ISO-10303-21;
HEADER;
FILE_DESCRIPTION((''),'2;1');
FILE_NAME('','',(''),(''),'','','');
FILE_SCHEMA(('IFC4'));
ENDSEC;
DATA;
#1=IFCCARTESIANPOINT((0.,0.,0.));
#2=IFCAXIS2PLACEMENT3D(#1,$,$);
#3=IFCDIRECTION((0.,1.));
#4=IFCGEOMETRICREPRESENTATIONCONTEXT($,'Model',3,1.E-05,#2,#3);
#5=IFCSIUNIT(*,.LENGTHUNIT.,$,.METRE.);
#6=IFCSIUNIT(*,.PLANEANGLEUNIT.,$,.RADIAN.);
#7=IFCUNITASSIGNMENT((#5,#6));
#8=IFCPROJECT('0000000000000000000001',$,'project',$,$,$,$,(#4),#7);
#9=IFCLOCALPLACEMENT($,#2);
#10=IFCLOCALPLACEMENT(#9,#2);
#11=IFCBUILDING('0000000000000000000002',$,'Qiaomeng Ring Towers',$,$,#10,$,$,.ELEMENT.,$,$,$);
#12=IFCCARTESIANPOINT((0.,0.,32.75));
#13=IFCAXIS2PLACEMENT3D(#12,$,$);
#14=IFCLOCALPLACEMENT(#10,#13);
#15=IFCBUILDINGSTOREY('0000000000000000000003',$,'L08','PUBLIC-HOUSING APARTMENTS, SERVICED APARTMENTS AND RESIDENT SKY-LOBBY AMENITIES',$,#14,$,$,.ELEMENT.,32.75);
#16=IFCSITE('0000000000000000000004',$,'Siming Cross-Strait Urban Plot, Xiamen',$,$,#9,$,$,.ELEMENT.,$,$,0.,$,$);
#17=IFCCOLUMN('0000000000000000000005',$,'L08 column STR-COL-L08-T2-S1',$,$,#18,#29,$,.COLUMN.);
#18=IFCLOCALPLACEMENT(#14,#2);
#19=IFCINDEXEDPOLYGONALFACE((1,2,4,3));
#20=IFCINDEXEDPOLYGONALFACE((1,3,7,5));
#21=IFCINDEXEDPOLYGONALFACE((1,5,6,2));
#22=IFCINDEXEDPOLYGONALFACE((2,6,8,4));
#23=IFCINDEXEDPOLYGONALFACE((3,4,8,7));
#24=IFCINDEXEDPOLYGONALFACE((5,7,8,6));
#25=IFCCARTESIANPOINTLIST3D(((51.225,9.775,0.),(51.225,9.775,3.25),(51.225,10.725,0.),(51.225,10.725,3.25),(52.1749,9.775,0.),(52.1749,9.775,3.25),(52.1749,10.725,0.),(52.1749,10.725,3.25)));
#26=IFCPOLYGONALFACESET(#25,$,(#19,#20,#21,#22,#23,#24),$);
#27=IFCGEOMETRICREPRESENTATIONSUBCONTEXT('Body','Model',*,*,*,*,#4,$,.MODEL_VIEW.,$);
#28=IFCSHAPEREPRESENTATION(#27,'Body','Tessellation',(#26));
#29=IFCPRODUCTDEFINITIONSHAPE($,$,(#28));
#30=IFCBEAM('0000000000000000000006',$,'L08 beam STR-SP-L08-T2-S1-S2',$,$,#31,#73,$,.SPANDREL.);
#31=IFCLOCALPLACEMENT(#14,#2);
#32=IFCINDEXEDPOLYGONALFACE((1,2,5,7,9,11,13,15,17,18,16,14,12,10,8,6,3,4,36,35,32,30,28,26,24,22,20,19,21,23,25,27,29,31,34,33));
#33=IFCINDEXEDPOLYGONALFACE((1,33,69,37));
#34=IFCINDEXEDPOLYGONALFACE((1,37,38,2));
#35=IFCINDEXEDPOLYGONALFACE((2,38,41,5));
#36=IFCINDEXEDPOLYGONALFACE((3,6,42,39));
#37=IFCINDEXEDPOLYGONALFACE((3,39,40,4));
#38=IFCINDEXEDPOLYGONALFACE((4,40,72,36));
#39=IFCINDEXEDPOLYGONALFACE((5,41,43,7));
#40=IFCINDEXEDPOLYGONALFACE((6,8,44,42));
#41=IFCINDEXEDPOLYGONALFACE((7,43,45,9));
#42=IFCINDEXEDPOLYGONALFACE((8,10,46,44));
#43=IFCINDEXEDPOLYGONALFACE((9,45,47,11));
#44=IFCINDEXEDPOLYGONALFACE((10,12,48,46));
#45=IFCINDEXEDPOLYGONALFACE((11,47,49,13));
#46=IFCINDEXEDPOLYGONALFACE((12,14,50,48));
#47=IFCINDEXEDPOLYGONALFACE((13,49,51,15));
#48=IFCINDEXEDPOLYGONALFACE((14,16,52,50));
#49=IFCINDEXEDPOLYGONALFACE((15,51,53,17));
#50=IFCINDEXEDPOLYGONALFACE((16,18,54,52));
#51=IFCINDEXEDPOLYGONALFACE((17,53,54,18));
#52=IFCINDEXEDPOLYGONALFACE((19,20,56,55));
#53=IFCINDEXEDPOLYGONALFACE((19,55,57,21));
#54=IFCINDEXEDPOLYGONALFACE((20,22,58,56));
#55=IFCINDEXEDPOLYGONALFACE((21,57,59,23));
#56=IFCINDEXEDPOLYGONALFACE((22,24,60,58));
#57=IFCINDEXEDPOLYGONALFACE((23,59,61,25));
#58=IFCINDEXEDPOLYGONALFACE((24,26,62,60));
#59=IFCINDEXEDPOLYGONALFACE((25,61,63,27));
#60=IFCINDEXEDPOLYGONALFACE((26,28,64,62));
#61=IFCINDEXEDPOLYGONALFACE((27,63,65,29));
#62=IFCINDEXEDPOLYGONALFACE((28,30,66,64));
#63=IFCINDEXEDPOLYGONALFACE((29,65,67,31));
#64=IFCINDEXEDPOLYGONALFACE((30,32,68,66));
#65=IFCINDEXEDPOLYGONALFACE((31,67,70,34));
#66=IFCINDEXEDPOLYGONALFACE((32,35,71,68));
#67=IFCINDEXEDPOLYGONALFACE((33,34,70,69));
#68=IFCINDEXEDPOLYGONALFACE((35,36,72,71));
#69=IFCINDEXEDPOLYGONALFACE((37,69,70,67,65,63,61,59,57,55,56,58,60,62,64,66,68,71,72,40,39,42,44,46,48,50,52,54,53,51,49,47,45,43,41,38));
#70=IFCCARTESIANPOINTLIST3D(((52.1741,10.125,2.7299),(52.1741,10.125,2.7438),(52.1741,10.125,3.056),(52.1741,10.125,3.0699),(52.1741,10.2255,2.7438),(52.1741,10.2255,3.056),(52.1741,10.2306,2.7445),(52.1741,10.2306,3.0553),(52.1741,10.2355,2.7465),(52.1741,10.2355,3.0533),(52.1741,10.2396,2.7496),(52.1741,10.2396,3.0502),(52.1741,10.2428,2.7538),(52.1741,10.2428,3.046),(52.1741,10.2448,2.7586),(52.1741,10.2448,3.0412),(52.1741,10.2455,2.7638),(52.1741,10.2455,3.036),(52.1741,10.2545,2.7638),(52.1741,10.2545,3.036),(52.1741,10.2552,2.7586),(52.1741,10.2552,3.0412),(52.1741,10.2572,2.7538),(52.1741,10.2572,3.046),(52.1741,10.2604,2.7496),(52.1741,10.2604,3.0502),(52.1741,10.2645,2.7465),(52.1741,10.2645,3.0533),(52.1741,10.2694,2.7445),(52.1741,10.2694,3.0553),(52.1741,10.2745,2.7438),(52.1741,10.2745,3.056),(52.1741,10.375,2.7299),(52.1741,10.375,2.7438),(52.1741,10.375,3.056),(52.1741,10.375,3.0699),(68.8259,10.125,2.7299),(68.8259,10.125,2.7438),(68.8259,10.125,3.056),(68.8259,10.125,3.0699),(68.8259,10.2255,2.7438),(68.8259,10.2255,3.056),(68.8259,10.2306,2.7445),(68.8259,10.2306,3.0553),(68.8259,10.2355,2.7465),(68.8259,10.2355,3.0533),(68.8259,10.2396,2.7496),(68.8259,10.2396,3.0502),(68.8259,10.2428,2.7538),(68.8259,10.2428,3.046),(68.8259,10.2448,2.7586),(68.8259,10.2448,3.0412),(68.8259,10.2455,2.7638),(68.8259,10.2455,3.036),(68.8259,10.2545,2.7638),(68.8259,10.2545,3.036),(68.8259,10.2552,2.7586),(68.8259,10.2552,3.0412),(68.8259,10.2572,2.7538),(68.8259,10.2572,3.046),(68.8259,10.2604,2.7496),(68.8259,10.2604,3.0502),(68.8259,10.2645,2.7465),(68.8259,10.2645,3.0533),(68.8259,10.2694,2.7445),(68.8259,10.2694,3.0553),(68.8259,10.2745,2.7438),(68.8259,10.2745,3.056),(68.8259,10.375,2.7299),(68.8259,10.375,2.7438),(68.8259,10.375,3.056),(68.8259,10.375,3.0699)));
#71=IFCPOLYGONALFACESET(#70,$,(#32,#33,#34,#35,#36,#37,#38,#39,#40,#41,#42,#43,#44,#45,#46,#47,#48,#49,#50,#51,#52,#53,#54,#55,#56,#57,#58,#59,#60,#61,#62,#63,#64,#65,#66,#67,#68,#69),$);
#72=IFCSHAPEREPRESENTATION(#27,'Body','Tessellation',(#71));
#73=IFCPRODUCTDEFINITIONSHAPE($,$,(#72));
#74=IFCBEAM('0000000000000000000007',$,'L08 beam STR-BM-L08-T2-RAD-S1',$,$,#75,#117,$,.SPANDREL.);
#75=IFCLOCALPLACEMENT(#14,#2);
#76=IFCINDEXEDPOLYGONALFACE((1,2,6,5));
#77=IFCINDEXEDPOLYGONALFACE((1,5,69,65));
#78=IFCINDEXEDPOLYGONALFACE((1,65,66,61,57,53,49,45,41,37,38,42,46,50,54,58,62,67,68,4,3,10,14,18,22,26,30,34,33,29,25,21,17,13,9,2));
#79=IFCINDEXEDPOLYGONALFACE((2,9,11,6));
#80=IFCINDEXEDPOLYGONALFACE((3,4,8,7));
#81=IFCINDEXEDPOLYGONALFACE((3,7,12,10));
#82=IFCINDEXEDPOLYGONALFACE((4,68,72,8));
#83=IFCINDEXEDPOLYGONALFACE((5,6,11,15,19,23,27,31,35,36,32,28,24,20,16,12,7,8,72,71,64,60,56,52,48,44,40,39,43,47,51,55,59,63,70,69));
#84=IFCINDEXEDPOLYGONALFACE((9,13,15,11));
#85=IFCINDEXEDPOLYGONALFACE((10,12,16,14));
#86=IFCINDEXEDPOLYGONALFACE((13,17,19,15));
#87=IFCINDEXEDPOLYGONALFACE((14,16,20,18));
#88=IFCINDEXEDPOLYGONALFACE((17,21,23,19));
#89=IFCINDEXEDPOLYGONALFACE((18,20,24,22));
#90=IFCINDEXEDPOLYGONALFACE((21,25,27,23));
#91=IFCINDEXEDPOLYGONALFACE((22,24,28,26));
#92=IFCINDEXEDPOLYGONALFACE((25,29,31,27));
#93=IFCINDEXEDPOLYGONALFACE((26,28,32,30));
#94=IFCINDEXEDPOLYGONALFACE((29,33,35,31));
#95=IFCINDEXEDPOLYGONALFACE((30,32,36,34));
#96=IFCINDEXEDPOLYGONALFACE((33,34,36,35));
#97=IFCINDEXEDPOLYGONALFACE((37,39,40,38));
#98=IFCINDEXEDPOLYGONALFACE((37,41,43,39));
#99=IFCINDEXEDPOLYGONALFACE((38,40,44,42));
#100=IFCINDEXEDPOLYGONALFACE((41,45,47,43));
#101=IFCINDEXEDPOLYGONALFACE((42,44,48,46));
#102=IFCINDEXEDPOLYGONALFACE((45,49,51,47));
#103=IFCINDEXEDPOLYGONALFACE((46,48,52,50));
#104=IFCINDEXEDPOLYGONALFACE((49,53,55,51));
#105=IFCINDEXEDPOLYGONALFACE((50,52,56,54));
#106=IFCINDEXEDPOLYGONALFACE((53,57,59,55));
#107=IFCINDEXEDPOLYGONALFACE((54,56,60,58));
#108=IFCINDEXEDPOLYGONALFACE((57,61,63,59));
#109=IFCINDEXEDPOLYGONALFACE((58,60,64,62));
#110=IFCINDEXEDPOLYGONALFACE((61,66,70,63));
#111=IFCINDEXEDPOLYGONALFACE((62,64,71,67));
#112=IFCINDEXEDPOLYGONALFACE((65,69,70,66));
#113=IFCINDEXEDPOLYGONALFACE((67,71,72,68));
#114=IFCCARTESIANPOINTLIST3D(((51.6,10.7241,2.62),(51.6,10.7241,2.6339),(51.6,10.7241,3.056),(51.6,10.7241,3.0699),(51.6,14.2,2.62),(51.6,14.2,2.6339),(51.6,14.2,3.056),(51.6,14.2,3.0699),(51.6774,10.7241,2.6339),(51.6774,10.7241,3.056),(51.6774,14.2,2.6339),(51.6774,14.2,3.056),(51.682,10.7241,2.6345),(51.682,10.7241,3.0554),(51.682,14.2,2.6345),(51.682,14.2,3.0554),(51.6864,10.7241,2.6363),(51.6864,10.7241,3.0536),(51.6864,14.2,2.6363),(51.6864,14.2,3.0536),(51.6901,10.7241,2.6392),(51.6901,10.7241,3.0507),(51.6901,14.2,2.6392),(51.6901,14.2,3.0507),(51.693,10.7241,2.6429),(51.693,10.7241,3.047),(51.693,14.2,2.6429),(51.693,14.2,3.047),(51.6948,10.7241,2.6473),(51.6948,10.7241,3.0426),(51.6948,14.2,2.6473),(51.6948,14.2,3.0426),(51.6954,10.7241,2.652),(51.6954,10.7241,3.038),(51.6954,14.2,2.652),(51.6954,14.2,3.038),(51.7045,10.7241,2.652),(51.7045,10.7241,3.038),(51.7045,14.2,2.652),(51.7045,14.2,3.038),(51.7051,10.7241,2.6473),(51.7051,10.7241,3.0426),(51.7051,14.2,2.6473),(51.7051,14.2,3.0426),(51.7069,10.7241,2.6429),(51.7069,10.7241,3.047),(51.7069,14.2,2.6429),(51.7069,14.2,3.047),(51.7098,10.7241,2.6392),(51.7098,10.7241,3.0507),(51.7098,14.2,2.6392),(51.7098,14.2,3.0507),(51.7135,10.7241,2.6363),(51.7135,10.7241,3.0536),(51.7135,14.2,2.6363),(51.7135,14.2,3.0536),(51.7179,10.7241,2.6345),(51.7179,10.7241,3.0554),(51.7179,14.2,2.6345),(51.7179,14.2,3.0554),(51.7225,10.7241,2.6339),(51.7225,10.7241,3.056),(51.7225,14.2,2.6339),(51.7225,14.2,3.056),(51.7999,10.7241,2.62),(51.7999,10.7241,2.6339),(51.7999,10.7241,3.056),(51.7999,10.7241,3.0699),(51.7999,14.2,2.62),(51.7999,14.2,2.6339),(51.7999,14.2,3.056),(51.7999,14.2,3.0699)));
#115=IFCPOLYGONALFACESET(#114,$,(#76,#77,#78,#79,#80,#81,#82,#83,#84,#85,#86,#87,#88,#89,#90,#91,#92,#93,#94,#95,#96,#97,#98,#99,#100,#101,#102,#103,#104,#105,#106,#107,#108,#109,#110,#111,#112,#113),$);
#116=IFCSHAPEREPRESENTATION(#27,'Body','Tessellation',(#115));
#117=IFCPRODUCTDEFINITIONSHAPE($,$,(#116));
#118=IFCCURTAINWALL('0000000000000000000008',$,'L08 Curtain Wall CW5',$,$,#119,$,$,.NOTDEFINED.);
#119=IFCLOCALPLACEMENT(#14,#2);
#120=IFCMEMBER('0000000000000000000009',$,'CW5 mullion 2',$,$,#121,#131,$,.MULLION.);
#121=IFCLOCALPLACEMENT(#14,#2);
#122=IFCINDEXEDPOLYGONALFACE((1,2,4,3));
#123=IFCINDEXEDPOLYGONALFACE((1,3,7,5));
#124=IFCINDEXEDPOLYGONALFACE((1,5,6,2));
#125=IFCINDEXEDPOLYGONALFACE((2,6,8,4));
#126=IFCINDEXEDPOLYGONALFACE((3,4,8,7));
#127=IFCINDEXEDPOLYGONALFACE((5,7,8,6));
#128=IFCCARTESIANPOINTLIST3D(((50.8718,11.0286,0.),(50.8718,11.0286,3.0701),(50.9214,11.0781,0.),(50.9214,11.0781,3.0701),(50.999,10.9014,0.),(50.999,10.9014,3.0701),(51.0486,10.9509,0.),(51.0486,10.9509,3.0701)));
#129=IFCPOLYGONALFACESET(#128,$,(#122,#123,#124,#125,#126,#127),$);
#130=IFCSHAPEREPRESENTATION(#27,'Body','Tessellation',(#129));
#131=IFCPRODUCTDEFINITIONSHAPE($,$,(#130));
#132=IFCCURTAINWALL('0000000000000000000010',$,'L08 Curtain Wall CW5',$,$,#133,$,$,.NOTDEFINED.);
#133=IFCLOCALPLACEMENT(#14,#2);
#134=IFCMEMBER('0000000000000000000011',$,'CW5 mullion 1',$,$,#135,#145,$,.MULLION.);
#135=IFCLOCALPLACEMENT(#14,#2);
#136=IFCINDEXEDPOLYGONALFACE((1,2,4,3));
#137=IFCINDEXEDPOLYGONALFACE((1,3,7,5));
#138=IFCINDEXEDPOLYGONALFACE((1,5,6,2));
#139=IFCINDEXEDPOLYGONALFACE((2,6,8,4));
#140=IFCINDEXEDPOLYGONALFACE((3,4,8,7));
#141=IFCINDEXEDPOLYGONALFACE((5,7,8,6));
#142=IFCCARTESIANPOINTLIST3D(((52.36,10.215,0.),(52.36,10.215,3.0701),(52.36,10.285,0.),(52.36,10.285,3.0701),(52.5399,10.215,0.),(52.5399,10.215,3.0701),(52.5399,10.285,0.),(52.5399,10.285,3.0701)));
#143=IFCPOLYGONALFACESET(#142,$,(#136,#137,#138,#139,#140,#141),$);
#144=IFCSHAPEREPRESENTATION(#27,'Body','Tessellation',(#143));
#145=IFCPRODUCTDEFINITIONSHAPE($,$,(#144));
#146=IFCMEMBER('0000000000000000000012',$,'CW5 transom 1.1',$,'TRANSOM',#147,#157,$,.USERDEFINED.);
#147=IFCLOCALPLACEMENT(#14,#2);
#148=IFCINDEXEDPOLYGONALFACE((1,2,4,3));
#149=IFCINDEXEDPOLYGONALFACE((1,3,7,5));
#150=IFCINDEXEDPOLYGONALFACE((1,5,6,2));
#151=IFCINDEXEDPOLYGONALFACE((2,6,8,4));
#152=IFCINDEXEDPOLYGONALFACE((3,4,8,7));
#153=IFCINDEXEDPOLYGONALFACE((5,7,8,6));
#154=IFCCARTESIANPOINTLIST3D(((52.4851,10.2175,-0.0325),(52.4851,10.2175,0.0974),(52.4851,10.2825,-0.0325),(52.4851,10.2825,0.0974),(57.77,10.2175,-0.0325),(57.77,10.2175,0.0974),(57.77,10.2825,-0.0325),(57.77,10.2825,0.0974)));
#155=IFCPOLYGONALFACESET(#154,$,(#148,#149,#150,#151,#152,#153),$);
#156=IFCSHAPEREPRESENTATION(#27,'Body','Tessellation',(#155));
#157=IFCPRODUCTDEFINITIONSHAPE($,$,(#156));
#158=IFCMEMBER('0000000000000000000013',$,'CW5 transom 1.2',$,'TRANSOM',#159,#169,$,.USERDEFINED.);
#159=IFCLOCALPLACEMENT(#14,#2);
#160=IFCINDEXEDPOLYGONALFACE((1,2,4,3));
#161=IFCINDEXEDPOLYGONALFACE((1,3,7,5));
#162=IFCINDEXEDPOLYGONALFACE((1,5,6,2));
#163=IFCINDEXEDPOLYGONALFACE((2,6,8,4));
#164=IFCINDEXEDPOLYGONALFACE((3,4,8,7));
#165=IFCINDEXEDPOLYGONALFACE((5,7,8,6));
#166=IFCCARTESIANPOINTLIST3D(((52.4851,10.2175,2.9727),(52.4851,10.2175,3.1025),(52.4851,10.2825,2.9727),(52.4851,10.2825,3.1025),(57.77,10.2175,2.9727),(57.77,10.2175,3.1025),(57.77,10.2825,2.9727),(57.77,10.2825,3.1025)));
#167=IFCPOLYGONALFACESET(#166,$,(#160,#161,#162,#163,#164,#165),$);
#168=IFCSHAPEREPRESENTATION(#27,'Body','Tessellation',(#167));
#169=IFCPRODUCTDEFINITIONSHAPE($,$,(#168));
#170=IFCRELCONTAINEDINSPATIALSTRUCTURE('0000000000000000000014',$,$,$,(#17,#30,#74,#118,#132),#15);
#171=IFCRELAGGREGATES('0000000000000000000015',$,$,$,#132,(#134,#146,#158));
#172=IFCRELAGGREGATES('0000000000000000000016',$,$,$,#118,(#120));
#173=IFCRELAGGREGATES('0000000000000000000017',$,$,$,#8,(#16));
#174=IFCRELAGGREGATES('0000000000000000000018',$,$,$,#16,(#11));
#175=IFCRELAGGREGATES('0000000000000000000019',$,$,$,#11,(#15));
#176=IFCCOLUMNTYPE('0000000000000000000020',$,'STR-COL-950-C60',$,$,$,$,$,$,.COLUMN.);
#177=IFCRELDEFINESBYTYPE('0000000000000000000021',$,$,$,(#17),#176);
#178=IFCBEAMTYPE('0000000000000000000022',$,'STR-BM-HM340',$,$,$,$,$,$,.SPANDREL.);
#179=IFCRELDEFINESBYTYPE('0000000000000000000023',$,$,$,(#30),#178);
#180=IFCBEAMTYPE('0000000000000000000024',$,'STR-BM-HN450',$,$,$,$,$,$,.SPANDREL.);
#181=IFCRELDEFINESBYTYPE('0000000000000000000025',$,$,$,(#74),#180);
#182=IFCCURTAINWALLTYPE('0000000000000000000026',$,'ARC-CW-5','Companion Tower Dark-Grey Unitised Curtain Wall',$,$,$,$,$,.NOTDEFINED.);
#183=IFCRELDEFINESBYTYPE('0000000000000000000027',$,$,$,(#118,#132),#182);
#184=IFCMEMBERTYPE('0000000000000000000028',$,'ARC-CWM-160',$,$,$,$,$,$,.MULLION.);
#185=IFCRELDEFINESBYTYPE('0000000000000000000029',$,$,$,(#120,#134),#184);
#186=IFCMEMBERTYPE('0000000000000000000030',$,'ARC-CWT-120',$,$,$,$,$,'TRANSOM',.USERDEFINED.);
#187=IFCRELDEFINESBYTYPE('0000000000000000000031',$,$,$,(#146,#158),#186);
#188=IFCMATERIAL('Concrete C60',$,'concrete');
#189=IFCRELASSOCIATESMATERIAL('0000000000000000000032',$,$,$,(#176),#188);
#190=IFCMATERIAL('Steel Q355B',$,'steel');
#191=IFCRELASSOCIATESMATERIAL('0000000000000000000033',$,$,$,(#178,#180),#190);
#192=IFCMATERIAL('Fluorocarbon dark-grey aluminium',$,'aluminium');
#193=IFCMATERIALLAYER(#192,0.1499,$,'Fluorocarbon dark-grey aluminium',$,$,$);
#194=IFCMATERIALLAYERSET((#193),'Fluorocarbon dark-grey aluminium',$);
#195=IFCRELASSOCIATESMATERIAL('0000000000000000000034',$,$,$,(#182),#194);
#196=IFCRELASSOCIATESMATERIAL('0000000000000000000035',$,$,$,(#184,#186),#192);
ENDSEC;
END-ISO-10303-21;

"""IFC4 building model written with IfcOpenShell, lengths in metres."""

from ifc_helpers import new_model, si_unit, direction, frame, origin, origin_2d, place, context, subcontext, project, spatial, rectangle, i_section, extrude, source, transform, mapped, material, layer, layer_set, material_profile, profile_set, type_object, element, aggregate, save


model = new_model("IFC4")

# Units and contexts
model_context = context("Model", 3, precision=1e-05, world=origin(), true_north=direction((0.0, 1.0)))
body_context = subcontext(model_context, "Body", "Model", "MODEL_VIEW")
ifc_project = project(units=[si_unit("LENGTHUNIT", "METRE"), si_unit("PLANEANGLEUNIT", "RADIAN")], contexts=[model_context])

# Site, building, storey
site_placement = place(None, origin())
site = spatial("IfcSite", under=ifc_project, at=site_placement, Name="Siming Cross-Strait Urban Plot, Xiamen", CompositionType="ELEMENT", RefElevation=0.0)
building_placement = place(site_placement, origin())
building = spatial("IfcBuilding", under=site, at=building_placement, Name="Qiaomeng Ring Towers", CompositionType="ELEMENT")
storey_placement = place(building_placement, frame((0.0, 0.0, 32.75)))
storey = spatial("IfcBuildingStorey", under=building, at=storey_placement, Name="L08", Description="PUBLIC-HOUSING APARTMENTS, SERVICED APARTMENTS AND RESIDENT SKY-LOBBY AMENITIES", CompositionType="ELEMENT", Elevation=32.75)

# Column
ifc_material_1 = material(Name="Concrete C60", Category="concrete")
ifc_material_profile_1 = material_profile(ifc_material_1, rectangle(XDim=0.95, YDim=0.95, at=origin_2d()), Name="RC COL 950x950")
ifc_profile_set_1 = profile_set([ifc_material_profile_1], Name="Concrete C60")
column_type = type_object("IfcColumnType", Name="STR-COL-950-C60", PredefinedType="COLUMN", material=ifc_profile_set_1)
shared_shape_1 = source(origin(), body_context, "Body", "SweptSolid", [
    extrude(rectangle(XDim=0.95, YDim=0.95, at=origin_2d()), origin(), (0.0, 0.0, 1.0), 3.25),
])
column_placement = place(storey_placement, frame((51.7, 10.25, 0.0), z_axis=(0.0, 0.0, 1.0), x_axis=(1.0, 0.0, 0.0)))
element("IfcColumn", 1, at=column_placement, inside=storey, type_object=column_type, Name="L08 column STR-COL-L08-T2-S1", PredefinedType="COLUMN", context=body_context, shape_type="MappedRepresentation", body=[
    mapped(shared_shape_1, transform((0.0, 0.0, 0.0), x_axis=(1.0, 0.0, 0.0), y_axis=(0.0, 1.0, 0.0), z_axis=(0.0, 0.0, 1.0), scale=1.0)),
])

# Beams
ifc_material_2 = material(Name="Steel Q355B", Category="steel")
ifc_material_profile_2 = material_profile(ifc_material_2, i_section(OverallWidth=0.25, OverallDepth=0.3401, WebThickness=0.009, FlangeThickness=0.0139, FilletRadius=0.02, at=origin_2d()), Name="HM 340x250x9x14")
ifc_profile_set_2 = profile_set([ifc_material_profile_2], Name="Steel Q355B")
beam_type_1 = type_object("IfcBeamType", Name="STR-BM-HM340", PredefinedType="SPANDREL", material=ifc_profile_set_2)
shared_shape_2 = source(origin(), body_context, "Body", "SweptSolid", [
    extrude(i_section(OverallWidth=0.25, OverallDepth=0.3401, WebThickness=0.009, FlangeThickness=0.0139, FilletRadius=0.02, at=origin_2d()), origin(), (0.0, 0.0, 1.0), 16.6519),
])
beam_1_placement = place(storey_placement, frame((52.1741, 10.25, 2.8999), z_axis=(1.0, 0.0, 0.0), x_axis=(0.0, 1.0, 0.0)))
element("IfcBeam", 2, at=beam_1_placement, inside=storey, type_object=beam_type_1, Name="L08 beam STR-SP-L08-T2-S1-S2", PredefinedType="SPANDREL", context=body_context, shape_type="MappedRepresentation", body=[
    mapped(shared_shape_2, transform((0.0, 0.0, 0.0), x_axis=(1.0, 0.0, 0.0), y_axis=(0.0, 1.0, 0.0), z_axis=(0.0, 0.0, 1.0), scale=1.0)),
])
ifc_material_profile_3 = material_profile(ifc_material_2, i_section(OverallWidth=0.2, OverallDepth=0.45, WebThickness=0.009, FlangeThickness=0.0139, FilletRadius=0.0181, at=origin_2d()), Name="HN 450x200x9x14")
ifc_profile_set_3 = profile_set([ifc_material_profile_3], Name="Steel Q355B")
beam_type_2 = type_object("IfcBeamType", Name="STR-BM-HN450", PredefinedType="SPANDREL", material=ifc_profile_set_3)
shared_shape_3 = source(origin(), body_context, "Body", "SweptSolid", [
    extrude(i_section(OverallWidth=0.2, OverallDepth=0.45, WebThickness=0.009, FlangeThickness=0.0139, FilletRadius=0.0181, at=origin_2d()), origin(), (0.0, 0.0, 1.0), 3.4758),
])
beam_2_placement = place(storey_placement, frame((51.7, 10.7241, 2.845), z_axis=(0.0, 1.0, 0.0), x_axis=(-1.0, 0.0, 0.0)))
element("IfcBeam", 3, at=beam_2_placement, inside=storey, type_object=beam_type_2, Name="L08 beam STR-BM-L08-T2-RAD-S1", PredefinedType="SPANDREL", context=body_context, shape_type="MappedRepresentation", body=[
    mapped(shared_shape_3, transform((0.0, 0.0, 0.0), x_axis=(1.0, 0.0, 0.0), y_axis=(0.0, 1.0, 0.0), z_axis=(0.0, 0.0, 1.0), scale=1.0)),
])

# Curtain wall, member
ifc_material_3 = material(Name="Fluorocarbon dark-grey aluminium", Category="aluminium")
ifc_layer_1 = layer(ifc_material_3, 0.1499, Name="Fluorocarbon dark-grey aluminium")
ifc_layer_set_1 = layer_set([ifc_layer_1], Name="Fluorocarbon dark-grey aluminium")
curtain_wall_type = type_object("IfcCurtainWallType", Name="ARC-CW-5", Description="Companion Tower Dark-Grey Unitised Curtain Wall", PredefinedType="NOTDEFINED", material=ifc_layer_set_1)
curtain_wall_1_placement = place(storey_placement, origin())
curtain_wall_1 = element("IfcCurtainWall", 4, at=curtain_wall_1_placement, inside=storey, type_object=curtain_wall_type, Name="L08 Curtain Wall CW5", PredefinedType="NOTDEFINED")
ifc_material_profile_4 = material_profile(ifc_material_3, rectangle(XDim=0.0701, YDim=0.1799, at=origin_2d()), Name="ALU MULL 70x180")
ifc_profile_set_4 = profile_set([ifc_material_profile_4], Name="Fluorocarbon dark-grey aluminium")
member_type_1 = type_object("IfcMemberType", Name="ARC-CWM-160", PredefinedType="MULLION", material=ifc_profile_set_4)
shared_shape_4 = source(origin(), body_context, "Body", "SweptSolid", [
    extrude(rectangle(XDim=0.0701, YDim=0.1799, at=origin_2d()), origin(), (0.0, 0.0, 1.0), 3.0701),
])
member_1_placement = place(storey_placement, frame((50.9602, 10.9897, 0.0), z_axis=(0.0, 0.0, 1.0), x_axis=(0.707107, 0.707107, 0.0)))
member_1 = element("IfcMember", 5, at=member_1_placement, type_object=member_type_1, Name="CW5 mullion 2", PredefinedType="MULLION", context=body_context, shape_type="MappedRepresentation", body=[
    mapped(shared_shape_4, transform((0.0, 0.0, 0.0), x_axis=(1.0, 0.0, 0.0), y_axis=(0.0, 1.0, 0.0), z_axis=(0.0, 0.0, 1.0), scale=1.0)),
])

# Curtain wall, members
curtain_wall_2_placement = place(storey_placement, origin())
curtain_wall_2 = element("IfcCurtainWall", 6, at=curtain_wall_2_placement, inside=storey, type_object=curtain_wall_type, Name="L08 Curtain Wall CW5", PredefinedType="NOTDEFINED")
member_2_placement = place(storey_placement, frame((52.45, 10.25, 0.0), z_axis=(0.0, 0.0, 1.0), x_axis=(0.0, 1.0, 0.0)))
member_2 = element("IfcMember", 7, at=member_2_placement, type_object=member_type_1, Name="CW5 mullion 1", PredefinedType="MULLION", context=body_context, shape_type="MappedRepresentation", body=[
    mapped(shared_shape_4, transform((0.0, 0.0, 0.0), x_axis=(1.0, 0.0, 0.0), y_axis=(0.0, 1.0, 0.0), z_axis=(0.0, 0.0, 1.0), scale=1.0)),
])
ifc_material_profile_5 = material_profile(ifc_material_3, rectangle(XDim=0.0649, YDim=0.1299, at=origin_2d()), Name="ALU TRAN 65x130")
ifc_profile_set_5 = profile_set([ifc_material_profile_5], Name="Fluorocarbon dark-grey aluminium")
member_type_2 = type_object("IfcMemberType", Name="ARC-CWT-120", ElementType="TRANSOM", PredefinedType="USERDEFINED", material=ifc_profile_set_5)
shared_shape_5 = source(origin(), body_context, "Body", "SweptSolid", [
    extrude(rectangle(XDim=0.0649, YDim=0.1299, at=origin_2d()), origin(), (0.0, 0.0, 1.0), 5.2849),
])
member_3_placement = place(storey_placement, frame((52.4851, 10.25, 0.0325), z_axis=(1.0, 0.0, 0.0), x_axis=(0.0, 1.0, 0.0)))
member_3 = element("IfcMember", 8, at=member_3_placement, type_object=member_type_2, Name="CW5 transom 1.1", ObjectType="TRANSOM", PredefinedType="USERDEFINED", context=body_context, shape_type="MappedRepresentation", body=[
    mapped(shared_shape_5, transform((0.0, 0.0, 0.0), x_axis=(1.0, 0.0, 0.0), y_axis=(0.0, 1.0, 0.0), z_axis=(0.0, 0.0, 1.0), scale=1.0)),
])
member_4_placement = place(storey_placement, frame((52.4851, 10.25, 3.0376), z_axis=(1.0, 0.0, 0.0), x_axis=(0.0, 1.0, 0.0)))
member_4 = element("IfcMember", 9, at=member_4_placement, type_object=member_type_2, Name="CW5 transom 1.2", ObjectType="TRANSOM", PredefinedType="USERDEFINED", context=body_context, shape_type="MappedRepresentation", body=[
    mapped(shared_shape_5, transform((0.0, 0.0, 0.0), x_axis=(1.0, 0.0, 0.0), y_axis=(0.0, 1.0, 0.0), z_axis=(0.0, 0.0, 1.0), scale=1.0)),
])
aggregate(curtain_wall_2, [member_2, member_3, member_4])

aggregate(curtain_wall_1, [member_1])

save(model, "model.ifc")
